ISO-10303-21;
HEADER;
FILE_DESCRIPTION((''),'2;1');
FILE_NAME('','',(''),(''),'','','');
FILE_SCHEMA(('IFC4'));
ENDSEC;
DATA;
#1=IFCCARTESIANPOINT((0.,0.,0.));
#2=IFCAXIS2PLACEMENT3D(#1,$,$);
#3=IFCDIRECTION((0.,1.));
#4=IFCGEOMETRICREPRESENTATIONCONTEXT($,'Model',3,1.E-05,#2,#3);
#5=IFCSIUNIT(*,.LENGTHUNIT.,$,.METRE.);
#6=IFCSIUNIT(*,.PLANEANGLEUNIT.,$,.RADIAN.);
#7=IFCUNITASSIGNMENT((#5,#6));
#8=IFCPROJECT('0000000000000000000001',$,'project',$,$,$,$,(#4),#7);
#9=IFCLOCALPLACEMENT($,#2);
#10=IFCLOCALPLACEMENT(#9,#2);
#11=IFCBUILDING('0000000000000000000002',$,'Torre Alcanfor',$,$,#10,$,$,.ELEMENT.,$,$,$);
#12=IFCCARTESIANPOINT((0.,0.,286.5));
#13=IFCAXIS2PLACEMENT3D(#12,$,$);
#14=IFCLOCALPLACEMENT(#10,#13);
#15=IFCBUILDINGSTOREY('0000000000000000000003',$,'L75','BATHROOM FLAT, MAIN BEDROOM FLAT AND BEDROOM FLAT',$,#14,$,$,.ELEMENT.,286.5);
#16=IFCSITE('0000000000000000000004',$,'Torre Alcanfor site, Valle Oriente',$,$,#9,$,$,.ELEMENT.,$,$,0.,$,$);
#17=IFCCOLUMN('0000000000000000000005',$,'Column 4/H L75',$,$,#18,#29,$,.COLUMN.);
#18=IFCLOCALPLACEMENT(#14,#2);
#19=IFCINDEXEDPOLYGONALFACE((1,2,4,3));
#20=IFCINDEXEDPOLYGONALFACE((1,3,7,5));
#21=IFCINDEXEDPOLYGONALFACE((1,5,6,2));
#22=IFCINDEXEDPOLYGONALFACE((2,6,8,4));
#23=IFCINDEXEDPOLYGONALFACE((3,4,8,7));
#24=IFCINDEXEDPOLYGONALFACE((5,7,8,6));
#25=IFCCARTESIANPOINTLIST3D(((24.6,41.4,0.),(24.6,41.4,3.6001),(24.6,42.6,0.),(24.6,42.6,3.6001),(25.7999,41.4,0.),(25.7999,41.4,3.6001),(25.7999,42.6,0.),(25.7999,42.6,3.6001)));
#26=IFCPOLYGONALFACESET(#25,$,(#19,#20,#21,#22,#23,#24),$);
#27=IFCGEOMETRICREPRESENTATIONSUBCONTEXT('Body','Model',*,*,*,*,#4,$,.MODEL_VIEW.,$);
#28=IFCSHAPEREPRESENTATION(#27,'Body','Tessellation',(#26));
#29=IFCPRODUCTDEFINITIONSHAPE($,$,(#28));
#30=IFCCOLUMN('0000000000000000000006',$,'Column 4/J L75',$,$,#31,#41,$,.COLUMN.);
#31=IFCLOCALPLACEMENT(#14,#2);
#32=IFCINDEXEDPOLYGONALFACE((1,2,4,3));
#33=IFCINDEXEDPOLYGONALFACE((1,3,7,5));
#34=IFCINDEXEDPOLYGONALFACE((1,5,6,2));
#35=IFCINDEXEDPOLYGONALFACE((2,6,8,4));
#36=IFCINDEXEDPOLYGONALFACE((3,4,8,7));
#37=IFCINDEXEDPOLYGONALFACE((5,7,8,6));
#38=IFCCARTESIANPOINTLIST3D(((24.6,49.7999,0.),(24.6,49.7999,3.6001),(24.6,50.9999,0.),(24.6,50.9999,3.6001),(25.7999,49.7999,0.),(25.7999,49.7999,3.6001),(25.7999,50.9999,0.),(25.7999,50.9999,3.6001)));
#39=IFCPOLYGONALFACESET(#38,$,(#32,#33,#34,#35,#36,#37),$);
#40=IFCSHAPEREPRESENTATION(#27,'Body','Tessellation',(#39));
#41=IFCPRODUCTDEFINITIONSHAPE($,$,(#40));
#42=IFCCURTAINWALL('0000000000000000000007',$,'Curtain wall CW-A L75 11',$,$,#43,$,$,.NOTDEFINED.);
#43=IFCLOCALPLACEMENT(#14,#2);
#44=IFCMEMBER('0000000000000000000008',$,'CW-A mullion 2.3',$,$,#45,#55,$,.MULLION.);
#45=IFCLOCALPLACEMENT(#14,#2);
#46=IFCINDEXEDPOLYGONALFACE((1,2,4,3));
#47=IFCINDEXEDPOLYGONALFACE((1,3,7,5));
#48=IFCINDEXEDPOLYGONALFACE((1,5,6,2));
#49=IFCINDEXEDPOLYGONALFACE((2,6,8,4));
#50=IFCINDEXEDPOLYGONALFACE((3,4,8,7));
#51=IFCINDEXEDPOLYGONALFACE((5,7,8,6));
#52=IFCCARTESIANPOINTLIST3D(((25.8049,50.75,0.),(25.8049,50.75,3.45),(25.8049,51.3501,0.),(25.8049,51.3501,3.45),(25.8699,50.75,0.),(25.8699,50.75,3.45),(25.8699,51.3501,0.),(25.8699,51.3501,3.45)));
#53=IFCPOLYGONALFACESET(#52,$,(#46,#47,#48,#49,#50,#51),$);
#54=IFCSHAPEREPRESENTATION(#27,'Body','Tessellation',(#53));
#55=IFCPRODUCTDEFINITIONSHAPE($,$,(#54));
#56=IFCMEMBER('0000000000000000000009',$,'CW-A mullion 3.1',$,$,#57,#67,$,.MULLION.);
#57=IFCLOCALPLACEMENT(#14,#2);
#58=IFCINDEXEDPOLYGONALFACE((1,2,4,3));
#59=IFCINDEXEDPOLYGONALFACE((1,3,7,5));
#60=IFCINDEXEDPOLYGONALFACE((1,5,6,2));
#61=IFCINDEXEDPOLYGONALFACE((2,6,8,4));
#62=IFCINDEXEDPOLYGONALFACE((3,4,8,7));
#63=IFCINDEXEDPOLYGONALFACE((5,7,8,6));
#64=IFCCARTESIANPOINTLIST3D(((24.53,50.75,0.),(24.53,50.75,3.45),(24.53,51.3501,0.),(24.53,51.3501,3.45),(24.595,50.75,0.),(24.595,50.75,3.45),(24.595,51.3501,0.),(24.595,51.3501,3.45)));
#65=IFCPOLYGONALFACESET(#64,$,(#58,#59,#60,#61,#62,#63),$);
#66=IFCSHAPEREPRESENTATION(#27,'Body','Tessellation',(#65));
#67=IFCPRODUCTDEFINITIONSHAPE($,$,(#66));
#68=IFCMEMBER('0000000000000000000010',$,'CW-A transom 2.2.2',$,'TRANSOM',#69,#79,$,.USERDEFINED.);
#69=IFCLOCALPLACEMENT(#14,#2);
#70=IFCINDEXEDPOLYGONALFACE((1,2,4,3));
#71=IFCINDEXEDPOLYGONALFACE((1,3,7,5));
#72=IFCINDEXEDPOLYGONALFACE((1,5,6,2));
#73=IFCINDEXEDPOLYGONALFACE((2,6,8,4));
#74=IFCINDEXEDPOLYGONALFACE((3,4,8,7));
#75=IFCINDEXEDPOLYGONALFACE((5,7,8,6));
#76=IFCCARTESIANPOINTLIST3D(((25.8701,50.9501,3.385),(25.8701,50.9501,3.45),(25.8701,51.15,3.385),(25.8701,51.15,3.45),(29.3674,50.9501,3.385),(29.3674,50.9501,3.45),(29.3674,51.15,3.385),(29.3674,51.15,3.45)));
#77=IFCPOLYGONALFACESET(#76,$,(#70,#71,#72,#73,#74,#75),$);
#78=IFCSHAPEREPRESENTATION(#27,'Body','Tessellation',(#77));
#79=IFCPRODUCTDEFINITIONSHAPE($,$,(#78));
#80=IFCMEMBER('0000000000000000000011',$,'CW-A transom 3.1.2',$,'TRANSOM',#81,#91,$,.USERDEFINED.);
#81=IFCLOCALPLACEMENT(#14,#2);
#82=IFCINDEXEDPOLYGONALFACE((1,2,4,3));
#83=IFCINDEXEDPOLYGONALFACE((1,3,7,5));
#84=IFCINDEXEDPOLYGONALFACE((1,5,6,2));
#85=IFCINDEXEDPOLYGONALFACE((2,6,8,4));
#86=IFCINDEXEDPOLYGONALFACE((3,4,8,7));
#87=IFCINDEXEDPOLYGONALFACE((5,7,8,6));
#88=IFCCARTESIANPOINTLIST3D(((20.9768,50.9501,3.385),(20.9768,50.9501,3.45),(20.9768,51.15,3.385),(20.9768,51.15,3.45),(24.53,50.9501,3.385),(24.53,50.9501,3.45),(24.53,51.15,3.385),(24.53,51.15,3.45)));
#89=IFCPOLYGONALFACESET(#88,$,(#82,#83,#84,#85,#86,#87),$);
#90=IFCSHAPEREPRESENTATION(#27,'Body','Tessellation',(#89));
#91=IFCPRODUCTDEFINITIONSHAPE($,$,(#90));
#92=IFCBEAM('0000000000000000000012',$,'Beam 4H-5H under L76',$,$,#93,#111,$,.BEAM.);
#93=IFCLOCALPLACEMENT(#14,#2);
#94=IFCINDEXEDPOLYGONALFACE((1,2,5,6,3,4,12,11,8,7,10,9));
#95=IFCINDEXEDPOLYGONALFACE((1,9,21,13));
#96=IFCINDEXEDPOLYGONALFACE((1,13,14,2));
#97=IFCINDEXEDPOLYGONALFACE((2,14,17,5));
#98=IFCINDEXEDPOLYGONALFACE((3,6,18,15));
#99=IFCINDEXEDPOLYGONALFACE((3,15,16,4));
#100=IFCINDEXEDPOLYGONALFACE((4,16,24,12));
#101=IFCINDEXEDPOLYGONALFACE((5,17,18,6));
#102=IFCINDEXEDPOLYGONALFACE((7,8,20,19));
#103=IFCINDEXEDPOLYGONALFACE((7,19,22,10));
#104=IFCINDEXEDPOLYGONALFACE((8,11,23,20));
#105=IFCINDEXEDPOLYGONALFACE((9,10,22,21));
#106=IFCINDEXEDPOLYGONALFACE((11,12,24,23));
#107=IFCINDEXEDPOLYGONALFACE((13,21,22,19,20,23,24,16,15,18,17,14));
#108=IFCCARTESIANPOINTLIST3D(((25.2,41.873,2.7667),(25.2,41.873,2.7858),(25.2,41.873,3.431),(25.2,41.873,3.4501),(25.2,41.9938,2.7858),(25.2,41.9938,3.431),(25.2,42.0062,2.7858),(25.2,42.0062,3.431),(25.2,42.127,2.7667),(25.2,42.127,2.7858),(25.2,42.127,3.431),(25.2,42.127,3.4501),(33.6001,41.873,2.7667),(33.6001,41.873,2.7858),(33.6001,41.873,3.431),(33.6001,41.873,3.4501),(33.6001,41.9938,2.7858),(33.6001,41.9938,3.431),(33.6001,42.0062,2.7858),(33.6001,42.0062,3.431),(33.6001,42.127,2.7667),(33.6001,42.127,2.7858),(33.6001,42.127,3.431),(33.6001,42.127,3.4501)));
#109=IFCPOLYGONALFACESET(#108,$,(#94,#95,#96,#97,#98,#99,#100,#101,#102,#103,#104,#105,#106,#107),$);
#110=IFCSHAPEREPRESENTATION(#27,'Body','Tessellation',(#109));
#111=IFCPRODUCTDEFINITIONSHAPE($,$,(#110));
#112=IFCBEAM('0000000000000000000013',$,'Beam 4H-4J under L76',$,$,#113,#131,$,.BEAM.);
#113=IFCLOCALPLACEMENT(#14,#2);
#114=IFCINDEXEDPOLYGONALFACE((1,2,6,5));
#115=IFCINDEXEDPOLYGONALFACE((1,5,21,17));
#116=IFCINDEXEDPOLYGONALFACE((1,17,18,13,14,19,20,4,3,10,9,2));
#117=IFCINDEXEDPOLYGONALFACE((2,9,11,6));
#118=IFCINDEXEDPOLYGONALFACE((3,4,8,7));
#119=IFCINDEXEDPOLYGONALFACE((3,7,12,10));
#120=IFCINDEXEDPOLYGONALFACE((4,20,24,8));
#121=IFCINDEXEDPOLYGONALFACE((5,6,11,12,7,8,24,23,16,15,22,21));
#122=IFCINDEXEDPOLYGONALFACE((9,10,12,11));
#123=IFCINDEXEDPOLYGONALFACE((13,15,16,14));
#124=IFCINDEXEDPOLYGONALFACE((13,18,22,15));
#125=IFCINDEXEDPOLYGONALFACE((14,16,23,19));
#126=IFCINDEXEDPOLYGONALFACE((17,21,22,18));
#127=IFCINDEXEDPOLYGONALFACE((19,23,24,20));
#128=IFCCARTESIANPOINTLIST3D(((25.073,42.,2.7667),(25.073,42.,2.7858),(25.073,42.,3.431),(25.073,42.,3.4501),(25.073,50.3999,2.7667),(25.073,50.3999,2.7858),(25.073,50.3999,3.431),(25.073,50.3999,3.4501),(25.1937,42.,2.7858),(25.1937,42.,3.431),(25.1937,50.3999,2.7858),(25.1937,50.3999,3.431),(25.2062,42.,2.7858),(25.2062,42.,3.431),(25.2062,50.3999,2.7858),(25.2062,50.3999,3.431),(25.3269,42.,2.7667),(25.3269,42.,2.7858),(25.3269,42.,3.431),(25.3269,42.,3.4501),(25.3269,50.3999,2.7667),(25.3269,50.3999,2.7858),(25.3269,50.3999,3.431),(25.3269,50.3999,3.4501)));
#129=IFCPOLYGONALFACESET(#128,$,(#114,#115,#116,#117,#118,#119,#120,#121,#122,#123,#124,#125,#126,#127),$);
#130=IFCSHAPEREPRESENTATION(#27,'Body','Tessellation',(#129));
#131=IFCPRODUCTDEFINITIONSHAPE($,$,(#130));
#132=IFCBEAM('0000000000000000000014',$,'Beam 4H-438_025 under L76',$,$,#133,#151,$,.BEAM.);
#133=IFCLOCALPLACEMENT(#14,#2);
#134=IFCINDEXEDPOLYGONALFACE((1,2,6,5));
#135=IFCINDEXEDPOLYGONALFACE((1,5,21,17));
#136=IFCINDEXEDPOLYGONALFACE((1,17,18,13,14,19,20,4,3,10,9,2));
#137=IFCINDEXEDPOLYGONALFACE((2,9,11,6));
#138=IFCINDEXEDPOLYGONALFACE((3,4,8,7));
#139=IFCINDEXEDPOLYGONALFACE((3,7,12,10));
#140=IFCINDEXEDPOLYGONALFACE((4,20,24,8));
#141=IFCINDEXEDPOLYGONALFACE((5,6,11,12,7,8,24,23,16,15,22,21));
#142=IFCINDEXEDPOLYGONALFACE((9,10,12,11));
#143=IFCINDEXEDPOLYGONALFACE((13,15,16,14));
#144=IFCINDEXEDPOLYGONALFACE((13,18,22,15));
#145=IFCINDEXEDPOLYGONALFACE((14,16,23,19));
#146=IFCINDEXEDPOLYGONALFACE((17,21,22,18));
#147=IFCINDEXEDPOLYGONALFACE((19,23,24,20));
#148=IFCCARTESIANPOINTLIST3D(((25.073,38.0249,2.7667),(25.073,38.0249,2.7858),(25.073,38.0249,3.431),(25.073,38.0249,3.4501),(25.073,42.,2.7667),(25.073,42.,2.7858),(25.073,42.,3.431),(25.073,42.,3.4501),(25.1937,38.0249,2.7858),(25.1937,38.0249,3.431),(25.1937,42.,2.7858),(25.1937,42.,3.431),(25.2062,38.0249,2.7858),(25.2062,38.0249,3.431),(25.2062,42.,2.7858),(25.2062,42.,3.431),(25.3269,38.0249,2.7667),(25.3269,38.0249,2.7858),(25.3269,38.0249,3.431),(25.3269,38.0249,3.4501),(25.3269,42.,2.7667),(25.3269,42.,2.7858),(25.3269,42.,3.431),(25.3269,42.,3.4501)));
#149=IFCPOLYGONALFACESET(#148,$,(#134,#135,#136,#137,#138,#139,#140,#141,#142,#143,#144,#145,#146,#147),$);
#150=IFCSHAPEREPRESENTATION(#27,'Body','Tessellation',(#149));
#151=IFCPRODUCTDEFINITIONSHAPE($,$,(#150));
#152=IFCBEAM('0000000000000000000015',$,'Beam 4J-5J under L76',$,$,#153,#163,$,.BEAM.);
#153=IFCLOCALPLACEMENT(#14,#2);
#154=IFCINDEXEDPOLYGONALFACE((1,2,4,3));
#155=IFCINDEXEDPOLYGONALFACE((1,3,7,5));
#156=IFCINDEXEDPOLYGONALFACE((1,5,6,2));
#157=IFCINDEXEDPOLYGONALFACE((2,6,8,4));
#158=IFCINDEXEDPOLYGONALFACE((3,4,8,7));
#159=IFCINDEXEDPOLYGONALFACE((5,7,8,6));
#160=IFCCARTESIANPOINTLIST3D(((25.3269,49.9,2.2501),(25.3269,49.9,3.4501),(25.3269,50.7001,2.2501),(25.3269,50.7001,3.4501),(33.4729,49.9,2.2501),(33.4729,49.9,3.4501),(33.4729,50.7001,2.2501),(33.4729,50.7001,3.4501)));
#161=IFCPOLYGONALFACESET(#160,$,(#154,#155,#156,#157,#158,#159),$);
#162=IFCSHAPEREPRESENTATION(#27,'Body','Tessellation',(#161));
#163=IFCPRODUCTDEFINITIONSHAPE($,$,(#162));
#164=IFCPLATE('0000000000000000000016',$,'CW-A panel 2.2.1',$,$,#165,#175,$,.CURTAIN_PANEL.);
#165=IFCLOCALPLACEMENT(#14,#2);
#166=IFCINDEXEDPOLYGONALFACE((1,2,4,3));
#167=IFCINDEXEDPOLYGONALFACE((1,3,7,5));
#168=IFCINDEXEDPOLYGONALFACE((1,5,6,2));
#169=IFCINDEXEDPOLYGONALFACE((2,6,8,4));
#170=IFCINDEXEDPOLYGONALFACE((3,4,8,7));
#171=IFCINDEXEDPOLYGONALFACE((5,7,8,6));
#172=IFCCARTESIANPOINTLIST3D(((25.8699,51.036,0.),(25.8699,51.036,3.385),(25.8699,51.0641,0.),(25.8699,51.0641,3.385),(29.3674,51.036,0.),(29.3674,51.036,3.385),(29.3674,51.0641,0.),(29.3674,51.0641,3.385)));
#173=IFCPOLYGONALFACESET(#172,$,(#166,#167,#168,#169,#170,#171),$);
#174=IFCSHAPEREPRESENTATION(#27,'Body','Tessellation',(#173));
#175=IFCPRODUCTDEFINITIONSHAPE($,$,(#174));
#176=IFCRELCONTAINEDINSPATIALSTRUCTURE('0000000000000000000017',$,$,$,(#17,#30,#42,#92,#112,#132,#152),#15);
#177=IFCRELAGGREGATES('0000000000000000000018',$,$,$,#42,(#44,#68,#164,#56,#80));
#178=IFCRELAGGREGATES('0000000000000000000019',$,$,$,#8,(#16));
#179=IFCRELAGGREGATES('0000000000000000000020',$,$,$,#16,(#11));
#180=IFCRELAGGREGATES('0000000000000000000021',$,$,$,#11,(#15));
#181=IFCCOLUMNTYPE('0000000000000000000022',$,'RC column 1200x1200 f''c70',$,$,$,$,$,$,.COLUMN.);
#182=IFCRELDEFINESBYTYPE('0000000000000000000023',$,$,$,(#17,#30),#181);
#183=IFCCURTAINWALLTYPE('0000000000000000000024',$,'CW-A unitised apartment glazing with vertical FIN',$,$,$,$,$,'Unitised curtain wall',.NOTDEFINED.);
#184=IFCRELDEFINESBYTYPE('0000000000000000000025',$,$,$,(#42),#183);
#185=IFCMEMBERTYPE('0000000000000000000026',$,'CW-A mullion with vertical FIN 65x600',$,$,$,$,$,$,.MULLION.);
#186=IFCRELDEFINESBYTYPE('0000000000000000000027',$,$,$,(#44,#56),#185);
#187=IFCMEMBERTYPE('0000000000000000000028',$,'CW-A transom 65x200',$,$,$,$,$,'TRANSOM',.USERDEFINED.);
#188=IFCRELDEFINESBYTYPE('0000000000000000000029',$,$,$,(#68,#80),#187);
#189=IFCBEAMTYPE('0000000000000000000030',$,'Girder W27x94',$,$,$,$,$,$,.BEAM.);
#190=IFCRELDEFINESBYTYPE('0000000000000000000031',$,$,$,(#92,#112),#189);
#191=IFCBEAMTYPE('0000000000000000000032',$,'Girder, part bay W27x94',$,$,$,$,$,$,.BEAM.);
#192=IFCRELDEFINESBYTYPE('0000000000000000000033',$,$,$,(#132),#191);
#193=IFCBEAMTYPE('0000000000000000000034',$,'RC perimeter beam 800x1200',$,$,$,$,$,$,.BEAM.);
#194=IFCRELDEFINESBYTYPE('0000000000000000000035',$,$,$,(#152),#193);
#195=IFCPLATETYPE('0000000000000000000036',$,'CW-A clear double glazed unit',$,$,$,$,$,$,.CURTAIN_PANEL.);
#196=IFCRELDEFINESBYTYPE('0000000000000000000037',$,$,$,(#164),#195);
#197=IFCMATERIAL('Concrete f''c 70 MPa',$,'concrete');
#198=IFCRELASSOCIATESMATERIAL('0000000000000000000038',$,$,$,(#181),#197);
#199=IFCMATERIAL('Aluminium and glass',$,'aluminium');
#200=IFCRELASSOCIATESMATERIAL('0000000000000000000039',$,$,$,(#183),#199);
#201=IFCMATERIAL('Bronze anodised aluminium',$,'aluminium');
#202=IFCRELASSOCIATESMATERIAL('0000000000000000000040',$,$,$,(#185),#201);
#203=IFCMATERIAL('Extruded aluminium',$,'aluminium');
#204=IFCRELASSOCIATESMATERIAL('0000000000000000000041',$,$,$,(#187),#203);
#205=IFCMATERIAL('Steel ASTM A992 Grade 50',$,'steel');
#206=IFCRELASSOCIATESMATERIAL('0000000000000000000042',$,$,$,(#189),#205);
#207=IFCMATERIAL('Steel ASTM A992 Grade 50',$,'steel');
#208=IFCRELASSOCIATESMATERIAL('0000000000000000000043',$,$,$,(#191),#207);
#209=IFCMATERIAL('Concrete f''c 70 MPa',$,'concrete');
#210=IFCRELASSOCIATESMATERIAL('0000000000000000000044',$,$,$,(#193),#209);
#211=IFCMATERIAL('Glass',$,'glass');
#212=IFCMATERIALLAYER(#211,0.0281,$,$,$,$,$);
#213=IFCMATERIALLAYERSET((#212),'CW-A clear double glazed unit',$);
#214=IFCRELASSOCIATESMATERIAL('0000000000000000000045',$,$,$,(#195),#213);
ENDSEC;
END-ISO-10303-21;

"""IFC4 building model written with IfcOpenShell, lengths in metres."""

from ifc_helpers import new_model, si_unit, direction, frame, origin, origin_2d, place, context, subcontext, project, spatial, rectangle, i_section, extrude, material, layer, layer_set, material_profile, profile_set, type_object, element, aggregate, save


model = new_model("IFC4")

# Units and contexts
model_context = context("Model", 3, precision=1e-05, world=origin(), true_north=direction((0.0, 1.0)))
body_context = subcontext(model_context, "Body", "Model", "MODEL_VIEW")
ifc_project = project(units=[si_unit("LENGTHUNIT", "METRE"), si_unit("PLANEANGLEUNIT", "RADIAN")], contexts=[model_context])

# Site, building, storey
site_placement = place(None, origin())
site = spatial("IfcSite", under=ifc_project, at=site_placement, Name="Torre Alcanfor site, Valle Oriente", CompositionType="ELEMENT", RefElevation=0.0)
building_placement = place(site_placement, origin())
building = spatial("IfcBuilding", under=site, at=building_placement, Name="Torre Alcanfor", CompositionType="ELEMENT")
storey_placement = place(building_placement, frame((0.0, 0.0, 286.5)))
storey = spatial("IfcBuildingStorey", under=building, at=storey_placement, Name="L75", Description="BATHROOM FLAT, MAIN BEDROOM FLAT AND BEDROOM FLAT", CompositionType="ELEMENT", Elevation=286.5)

# Columns
ifc_material_1 = material(Name="Concrete f'c 70 MPa", Category="concrete")
ifc_material_profile_1 = material_profile(ifc_material_1, rectangle(XDim=1.2, YDim=1.2, at=origin_2d()), Name="1200x1200")
ifc_profile_set_1 = profile_set([ifc_material_profile_1], Name="Concrete f'c 70 MPa")
column_type = type_object("IfcColumnType", Name="RC column 1200x1200 f'c70", PredefinedType="COLUMN", material=ifc_profile_set_1)
for number, where, z_axis, x_axis, name in (
    (1, (25.2, 42.0, 0.0), (0.0, 0.0, 1.0), (1.0, 0.0, 0.0), "Column 4/H L75"),
    (2, (25.2, 50.3999, 0.0), (0.0, 0.0, 1.0), (1.0, 0.0, 0.0), "Column 4/J L75"),
):
    element("IfcColumn", number, at=place(storey_placement, frame(where, z_axis=z_axis, x_axis=x_axis)), inside=storey, type_object=column_type, Name=name, PredefinedType="COLUMN", context=body_context, shape_type="SweptSolid", body=[
        extrude(rectangle(XDim=1.2, YDim=1.2, at=origin_2d()), origin(), (0.0, 0.0, 1.0), 3.6001),
    ])

# Curtain wall, members
ifc_material_2 = material(Name="Aluminium and glass", Category="aluminium")
curtain_wall_type = type_object("IfcCurtainWallType", Name="CW-A unitised apartment glazing with vertical FIN", ElementType="Unitised curtain wall", PredefinedType="NOTDEFINED", material=ifc_material_2)
curtain_wall_placement = place(storey_placement, origin())
curtain_wall = element("IfcCurtainWall", 3, at=curtain_wall_placement, inside=storey, type_object=curtain_wall_type, Name="Curtain wall CW-A L75 11", PredefinedType="NOTDEFINED")
ifc_material_3 = material(Name="Bronze anodised aluminium", Category="aluminium")
ifc_material_profile_2 = material_profile(ifc_material_3, rectangle(XDim=0.6001, YDim=0.0649, at=origin_2d()), Name="CW-A mullion 65x600")
ifc_profile_set_2 = profile_set([ifc_material_profile_2], Name="Bronze anodised aluminium")
member_type_1 = type_object("IfcMemberType", Name="CW-A mullion with vertical FIN 65x600", PredefinedType="MULLION", material=ifc_profile_set_2)
member_1_placement = place(storey_placement, frame((25.8374, 51.05, 0.0), z_axis=(0.0, 0.0, 1.0), x_axis=(0.0, -1.0, 0.0)))
member_1 = element("IfcMember", 4, at=member_1_placement, type_object=member_type_1, Name="CW-A mullion 2.3", PredefinedType="MULLION", context=body_context, shape_type="SweptSolid", body=[
    extrude(rectangle(XDim=0.6001, YDim=0.0649, at=origin_2d()), origin(), (0.0, 0.0, 1.0), 3.45),
])
member_2_placement = place(storey_placement, frame((24.5625, 51.05, 0.0), z_axis=(0.0, 0.0, 1.0), x_axis=(0.0, -1.0, 0.0)))
member_2 = element("IfcMember", 5, at=member_2_placement, type_object=member_type_1, Name="CW-A mullion 3.1", PredefinedType="MULLION", context=body_context, shape_type="SweptSolid", body=[
    extrude(rectangle(XDim=0.6001, YDim=0.0649, at=origin_2d()), origin(), (0.0, 0.0, 1.0), 3.45),
])
ifc_material_4 = material(Name="Extruded aluminium", Category="aluminium")
ifc_material_profile_3 = material_profile(ifc_material_4, rectangle(XDim=0.2, YDim=0.0649, at=origin_2d()), Name="CW-A transom 200x65")
ifc_profile_set_3 = profile_set([ifc_material_profile_3], Name="Extruded aluminium")
member_type_2 = type_object("IfcMemberType", Name="CW-A transom 65x200", ElementType="TRANSOM", PredefinedType="USERDEFINED", material=ifc_profile_set_3)
member_3_placement = place(storey_placement, frame((29.3674, 51.05, 3.4175), z_axis=(-1.0, 0.0, 0.0), x_axis=(0.0, -1.0, 0.0)))
member_3 = element("IfcMember", 6, at=member_3_placement, type_object=member_type_2, Name="CW-A transom 2.2.2", ObjectType="TRANSOM", PredefinedType="USERDEFINED", context=body_context, shape_type="SweptSolid", body=[
    extrude(rectangle(XDim=0.2, YDim=0.0649, at=origin_2d()), origin(), (0.0, 0.0, 1.0), 3.4973),
])
member_4_placement = place(storey_placement, frame((24.53, 51.05, 3.4175), z_axis=(-1.0, 0.0, 0.0), x_axis=(0.0, -1.0, 0.0)))
member_4 = element("IfcMember", 7, at=member_4_placement, type_object=member_type_2, Name="CW-A transom 3.1.2", ObjectType="TRANSOM", PredefinedType="USERDEFINED", context=body_context, shape_type="SweptSolid", body=[
    extrude(rectangle(XDim=0.2, YDim=0.0649, at=origin_2d()), origin(), (0.0, 0.0, 1.0), 3.5532),
])

# Beams
ifc_material_5 = material(Name="Steel ASTM A992 Grade 50", Category="steel")
ifc_material_profile_4 = material_profile(ifc_material_5, i_section(OverallWidth=0.2539, OverallDepth=0.6833, WebThickness=0.0125, FlangeThickness=0.019, at=origin_2d()), Name="W27x94")
ifc_profile_set_4 = profile_set([ifc_material_profile_4], Name="Steel ASTM A992 Grade 50")
beam_type_1 = type_object("IfcBeamType", Name="Girder W27x94", PredefinedType="BEAM", material=ifc_profile_set_4)
beam_1_placement = place(storey_placement, frame((25.2, 42.0, 3.1084), z_axis=(1.0, 0.0, 0.0), x_axis=(0.0, 1.0, 0.0)))
element("IfcBeam", 8, at=beam_1_placement, inside=storey, type_object=beam_type_1, Name="Beam 4H-5H under L76", PredefinedType="BEAM", context=body_context, shape_type="SweptSolid", body=[
    extrude(i_section(OverallWidth=0.2539, OverallDepth=0.6833, WebThickness=0.0125, FlangeThickness=0.019, at=origin_2d()), origin(), (0.0, 0.0, 1.0), 8.4001),
])
beam_2_placement = place(storey_placement, frame((25.2, 42.0, 3.1084), z_axis=(0.0, 1.0, 0.0), x_axis=(-1.0, 0.0, 0.0)))
element("IfcBeam", 9, at=beam_2_placement, inside=storey, type_object=beam_type_1, Name="Beam 4H-4J under L76", PredefinedType="BEAM", context=body_context, shape_type="SweptSolid", body=[
    extrude(i_section(OverallWidth=0.2539, OverallDepth=0.6833, WebThickness=0.0125, FlangeThickness=0.019, at=origin_2d()), origin(), (0.0, 0.0, 1.0), 8.3999),
])
ifc_material_6 = material(Name="Steel ASTM A992 Grade 50", Category="steel")
ifc_material_profile_5 = material_profile(ifc_material_6, i_section(OverallWidth=0.2539, OverallDepth=0.6833, WebThickness=0.0125, FlangeThickness=0.019, at=origin_2d()), Name="W27x94")
ifc_profile_set_5 = profile_set([ifc_material_profile_5], Name="Steel ASTM A992 Grade 50")
beam_type_2 = type_object("IfcBeamType", Name="Girder, part bay W27x94", PredefinedType="BEAM", material=ifc_profile_set_5)
beam_3_placement = place(storey_placement, frame((25.2, 42.0, 3.1084), z_axis=(0.0, -1.0, 0.0), x_axis=(1.0, 0.0, 0.0)))
element("IfcBeam", 10, at=beam_3_placement, inside=storey, type_object=beam_type_2, Name="Beam 4H-438_025 under L76", PredefinedType="BEAM", context=body_context, shape_type="SweptSolid", body=[
    extrude(i_section(OverallWidth=0.2539, OverallDepth=0.6833, WebThickness=0.0125, FlangeThickness=0.019, at=origin_2d()), origin(), (0.0, 0.0, 1.0), 3.9751),
])
ifc_material_7 = material(Name="Concrete f'c 70 MPa", Category="concrete")
ifc_material_profile_6 = material_profile(ifc_material_7, rectangle(XDim=0.8, YDim=1.2, at=origin_2d()), Name="800x1200")
ifc_profile_set_6 = profile_set([ifc_material_profile_6], Name="Concrete f'c 70 MPa")
beam_type_3 = type_object("IfcBeamType", Name="RC perimeter beam 800x1200", PredefinedType="BEAM", material=ifc_profile_set_6)
beam_4_placement = place(storey_placement, frame((25.3269, 50.3, 2.8501), z_axis=(1.0, 0.0, 0.0), x_axis=(0.0, 1.0, 0.0)))
element("IfcBeam", 11, at=beam_4_placement, inside=storey, type_object=beam_type_3, Name="Beam 4J-5J under L76", PredefinedType="BEAM", context=body_context, shape_type="SweptSolid", body=[
    extrude(rectangle(XDim=0.8, YDim=1.2, at=origin_2d()), origin(), (0.0, 0.0, 1.0), 8.146),
])

# Plate
ifc_material_8 = material(Name="Glass", Category="glass")
ifc_layer_1 = layer(ifc_material_8, 0.0281)
ifc_layer_set_1 = layer_set([ifc_layer_1], Name="CW-A clear double glazed unit")
plate_type = type_object("IfcPlateType", Name="CW-A clear double glazed unit", PredefinedType="CURTAIN_PANEL", material=ifc_layer_set_1)
plate_1_placement = place(storey_placement, frame((27.6187, 51.05, 0.0), z_axis=(0.0, 0.0, 1.0), x_axis=(-1.0, 0.0, 0.0)))
plate_1 = element("IfcPlate", 12, at=plate_1_placement, type_object=plate_type, Name="CW-A panel 2.2.1", PredefinedType="CURTAIN_PANEL", context=body_context, shape_type="SweptSolid", body=[
    extrude(rectangle(XDim=3.4976, YDim=0.0281, at=origin_2d()), origin(), (0.0, 0.0, 1.0), 3.385),
])
aggregate(curtain_wall, [member_1, member_3, plate_1, member_2, member_4])

save(model, "model.ifc")
